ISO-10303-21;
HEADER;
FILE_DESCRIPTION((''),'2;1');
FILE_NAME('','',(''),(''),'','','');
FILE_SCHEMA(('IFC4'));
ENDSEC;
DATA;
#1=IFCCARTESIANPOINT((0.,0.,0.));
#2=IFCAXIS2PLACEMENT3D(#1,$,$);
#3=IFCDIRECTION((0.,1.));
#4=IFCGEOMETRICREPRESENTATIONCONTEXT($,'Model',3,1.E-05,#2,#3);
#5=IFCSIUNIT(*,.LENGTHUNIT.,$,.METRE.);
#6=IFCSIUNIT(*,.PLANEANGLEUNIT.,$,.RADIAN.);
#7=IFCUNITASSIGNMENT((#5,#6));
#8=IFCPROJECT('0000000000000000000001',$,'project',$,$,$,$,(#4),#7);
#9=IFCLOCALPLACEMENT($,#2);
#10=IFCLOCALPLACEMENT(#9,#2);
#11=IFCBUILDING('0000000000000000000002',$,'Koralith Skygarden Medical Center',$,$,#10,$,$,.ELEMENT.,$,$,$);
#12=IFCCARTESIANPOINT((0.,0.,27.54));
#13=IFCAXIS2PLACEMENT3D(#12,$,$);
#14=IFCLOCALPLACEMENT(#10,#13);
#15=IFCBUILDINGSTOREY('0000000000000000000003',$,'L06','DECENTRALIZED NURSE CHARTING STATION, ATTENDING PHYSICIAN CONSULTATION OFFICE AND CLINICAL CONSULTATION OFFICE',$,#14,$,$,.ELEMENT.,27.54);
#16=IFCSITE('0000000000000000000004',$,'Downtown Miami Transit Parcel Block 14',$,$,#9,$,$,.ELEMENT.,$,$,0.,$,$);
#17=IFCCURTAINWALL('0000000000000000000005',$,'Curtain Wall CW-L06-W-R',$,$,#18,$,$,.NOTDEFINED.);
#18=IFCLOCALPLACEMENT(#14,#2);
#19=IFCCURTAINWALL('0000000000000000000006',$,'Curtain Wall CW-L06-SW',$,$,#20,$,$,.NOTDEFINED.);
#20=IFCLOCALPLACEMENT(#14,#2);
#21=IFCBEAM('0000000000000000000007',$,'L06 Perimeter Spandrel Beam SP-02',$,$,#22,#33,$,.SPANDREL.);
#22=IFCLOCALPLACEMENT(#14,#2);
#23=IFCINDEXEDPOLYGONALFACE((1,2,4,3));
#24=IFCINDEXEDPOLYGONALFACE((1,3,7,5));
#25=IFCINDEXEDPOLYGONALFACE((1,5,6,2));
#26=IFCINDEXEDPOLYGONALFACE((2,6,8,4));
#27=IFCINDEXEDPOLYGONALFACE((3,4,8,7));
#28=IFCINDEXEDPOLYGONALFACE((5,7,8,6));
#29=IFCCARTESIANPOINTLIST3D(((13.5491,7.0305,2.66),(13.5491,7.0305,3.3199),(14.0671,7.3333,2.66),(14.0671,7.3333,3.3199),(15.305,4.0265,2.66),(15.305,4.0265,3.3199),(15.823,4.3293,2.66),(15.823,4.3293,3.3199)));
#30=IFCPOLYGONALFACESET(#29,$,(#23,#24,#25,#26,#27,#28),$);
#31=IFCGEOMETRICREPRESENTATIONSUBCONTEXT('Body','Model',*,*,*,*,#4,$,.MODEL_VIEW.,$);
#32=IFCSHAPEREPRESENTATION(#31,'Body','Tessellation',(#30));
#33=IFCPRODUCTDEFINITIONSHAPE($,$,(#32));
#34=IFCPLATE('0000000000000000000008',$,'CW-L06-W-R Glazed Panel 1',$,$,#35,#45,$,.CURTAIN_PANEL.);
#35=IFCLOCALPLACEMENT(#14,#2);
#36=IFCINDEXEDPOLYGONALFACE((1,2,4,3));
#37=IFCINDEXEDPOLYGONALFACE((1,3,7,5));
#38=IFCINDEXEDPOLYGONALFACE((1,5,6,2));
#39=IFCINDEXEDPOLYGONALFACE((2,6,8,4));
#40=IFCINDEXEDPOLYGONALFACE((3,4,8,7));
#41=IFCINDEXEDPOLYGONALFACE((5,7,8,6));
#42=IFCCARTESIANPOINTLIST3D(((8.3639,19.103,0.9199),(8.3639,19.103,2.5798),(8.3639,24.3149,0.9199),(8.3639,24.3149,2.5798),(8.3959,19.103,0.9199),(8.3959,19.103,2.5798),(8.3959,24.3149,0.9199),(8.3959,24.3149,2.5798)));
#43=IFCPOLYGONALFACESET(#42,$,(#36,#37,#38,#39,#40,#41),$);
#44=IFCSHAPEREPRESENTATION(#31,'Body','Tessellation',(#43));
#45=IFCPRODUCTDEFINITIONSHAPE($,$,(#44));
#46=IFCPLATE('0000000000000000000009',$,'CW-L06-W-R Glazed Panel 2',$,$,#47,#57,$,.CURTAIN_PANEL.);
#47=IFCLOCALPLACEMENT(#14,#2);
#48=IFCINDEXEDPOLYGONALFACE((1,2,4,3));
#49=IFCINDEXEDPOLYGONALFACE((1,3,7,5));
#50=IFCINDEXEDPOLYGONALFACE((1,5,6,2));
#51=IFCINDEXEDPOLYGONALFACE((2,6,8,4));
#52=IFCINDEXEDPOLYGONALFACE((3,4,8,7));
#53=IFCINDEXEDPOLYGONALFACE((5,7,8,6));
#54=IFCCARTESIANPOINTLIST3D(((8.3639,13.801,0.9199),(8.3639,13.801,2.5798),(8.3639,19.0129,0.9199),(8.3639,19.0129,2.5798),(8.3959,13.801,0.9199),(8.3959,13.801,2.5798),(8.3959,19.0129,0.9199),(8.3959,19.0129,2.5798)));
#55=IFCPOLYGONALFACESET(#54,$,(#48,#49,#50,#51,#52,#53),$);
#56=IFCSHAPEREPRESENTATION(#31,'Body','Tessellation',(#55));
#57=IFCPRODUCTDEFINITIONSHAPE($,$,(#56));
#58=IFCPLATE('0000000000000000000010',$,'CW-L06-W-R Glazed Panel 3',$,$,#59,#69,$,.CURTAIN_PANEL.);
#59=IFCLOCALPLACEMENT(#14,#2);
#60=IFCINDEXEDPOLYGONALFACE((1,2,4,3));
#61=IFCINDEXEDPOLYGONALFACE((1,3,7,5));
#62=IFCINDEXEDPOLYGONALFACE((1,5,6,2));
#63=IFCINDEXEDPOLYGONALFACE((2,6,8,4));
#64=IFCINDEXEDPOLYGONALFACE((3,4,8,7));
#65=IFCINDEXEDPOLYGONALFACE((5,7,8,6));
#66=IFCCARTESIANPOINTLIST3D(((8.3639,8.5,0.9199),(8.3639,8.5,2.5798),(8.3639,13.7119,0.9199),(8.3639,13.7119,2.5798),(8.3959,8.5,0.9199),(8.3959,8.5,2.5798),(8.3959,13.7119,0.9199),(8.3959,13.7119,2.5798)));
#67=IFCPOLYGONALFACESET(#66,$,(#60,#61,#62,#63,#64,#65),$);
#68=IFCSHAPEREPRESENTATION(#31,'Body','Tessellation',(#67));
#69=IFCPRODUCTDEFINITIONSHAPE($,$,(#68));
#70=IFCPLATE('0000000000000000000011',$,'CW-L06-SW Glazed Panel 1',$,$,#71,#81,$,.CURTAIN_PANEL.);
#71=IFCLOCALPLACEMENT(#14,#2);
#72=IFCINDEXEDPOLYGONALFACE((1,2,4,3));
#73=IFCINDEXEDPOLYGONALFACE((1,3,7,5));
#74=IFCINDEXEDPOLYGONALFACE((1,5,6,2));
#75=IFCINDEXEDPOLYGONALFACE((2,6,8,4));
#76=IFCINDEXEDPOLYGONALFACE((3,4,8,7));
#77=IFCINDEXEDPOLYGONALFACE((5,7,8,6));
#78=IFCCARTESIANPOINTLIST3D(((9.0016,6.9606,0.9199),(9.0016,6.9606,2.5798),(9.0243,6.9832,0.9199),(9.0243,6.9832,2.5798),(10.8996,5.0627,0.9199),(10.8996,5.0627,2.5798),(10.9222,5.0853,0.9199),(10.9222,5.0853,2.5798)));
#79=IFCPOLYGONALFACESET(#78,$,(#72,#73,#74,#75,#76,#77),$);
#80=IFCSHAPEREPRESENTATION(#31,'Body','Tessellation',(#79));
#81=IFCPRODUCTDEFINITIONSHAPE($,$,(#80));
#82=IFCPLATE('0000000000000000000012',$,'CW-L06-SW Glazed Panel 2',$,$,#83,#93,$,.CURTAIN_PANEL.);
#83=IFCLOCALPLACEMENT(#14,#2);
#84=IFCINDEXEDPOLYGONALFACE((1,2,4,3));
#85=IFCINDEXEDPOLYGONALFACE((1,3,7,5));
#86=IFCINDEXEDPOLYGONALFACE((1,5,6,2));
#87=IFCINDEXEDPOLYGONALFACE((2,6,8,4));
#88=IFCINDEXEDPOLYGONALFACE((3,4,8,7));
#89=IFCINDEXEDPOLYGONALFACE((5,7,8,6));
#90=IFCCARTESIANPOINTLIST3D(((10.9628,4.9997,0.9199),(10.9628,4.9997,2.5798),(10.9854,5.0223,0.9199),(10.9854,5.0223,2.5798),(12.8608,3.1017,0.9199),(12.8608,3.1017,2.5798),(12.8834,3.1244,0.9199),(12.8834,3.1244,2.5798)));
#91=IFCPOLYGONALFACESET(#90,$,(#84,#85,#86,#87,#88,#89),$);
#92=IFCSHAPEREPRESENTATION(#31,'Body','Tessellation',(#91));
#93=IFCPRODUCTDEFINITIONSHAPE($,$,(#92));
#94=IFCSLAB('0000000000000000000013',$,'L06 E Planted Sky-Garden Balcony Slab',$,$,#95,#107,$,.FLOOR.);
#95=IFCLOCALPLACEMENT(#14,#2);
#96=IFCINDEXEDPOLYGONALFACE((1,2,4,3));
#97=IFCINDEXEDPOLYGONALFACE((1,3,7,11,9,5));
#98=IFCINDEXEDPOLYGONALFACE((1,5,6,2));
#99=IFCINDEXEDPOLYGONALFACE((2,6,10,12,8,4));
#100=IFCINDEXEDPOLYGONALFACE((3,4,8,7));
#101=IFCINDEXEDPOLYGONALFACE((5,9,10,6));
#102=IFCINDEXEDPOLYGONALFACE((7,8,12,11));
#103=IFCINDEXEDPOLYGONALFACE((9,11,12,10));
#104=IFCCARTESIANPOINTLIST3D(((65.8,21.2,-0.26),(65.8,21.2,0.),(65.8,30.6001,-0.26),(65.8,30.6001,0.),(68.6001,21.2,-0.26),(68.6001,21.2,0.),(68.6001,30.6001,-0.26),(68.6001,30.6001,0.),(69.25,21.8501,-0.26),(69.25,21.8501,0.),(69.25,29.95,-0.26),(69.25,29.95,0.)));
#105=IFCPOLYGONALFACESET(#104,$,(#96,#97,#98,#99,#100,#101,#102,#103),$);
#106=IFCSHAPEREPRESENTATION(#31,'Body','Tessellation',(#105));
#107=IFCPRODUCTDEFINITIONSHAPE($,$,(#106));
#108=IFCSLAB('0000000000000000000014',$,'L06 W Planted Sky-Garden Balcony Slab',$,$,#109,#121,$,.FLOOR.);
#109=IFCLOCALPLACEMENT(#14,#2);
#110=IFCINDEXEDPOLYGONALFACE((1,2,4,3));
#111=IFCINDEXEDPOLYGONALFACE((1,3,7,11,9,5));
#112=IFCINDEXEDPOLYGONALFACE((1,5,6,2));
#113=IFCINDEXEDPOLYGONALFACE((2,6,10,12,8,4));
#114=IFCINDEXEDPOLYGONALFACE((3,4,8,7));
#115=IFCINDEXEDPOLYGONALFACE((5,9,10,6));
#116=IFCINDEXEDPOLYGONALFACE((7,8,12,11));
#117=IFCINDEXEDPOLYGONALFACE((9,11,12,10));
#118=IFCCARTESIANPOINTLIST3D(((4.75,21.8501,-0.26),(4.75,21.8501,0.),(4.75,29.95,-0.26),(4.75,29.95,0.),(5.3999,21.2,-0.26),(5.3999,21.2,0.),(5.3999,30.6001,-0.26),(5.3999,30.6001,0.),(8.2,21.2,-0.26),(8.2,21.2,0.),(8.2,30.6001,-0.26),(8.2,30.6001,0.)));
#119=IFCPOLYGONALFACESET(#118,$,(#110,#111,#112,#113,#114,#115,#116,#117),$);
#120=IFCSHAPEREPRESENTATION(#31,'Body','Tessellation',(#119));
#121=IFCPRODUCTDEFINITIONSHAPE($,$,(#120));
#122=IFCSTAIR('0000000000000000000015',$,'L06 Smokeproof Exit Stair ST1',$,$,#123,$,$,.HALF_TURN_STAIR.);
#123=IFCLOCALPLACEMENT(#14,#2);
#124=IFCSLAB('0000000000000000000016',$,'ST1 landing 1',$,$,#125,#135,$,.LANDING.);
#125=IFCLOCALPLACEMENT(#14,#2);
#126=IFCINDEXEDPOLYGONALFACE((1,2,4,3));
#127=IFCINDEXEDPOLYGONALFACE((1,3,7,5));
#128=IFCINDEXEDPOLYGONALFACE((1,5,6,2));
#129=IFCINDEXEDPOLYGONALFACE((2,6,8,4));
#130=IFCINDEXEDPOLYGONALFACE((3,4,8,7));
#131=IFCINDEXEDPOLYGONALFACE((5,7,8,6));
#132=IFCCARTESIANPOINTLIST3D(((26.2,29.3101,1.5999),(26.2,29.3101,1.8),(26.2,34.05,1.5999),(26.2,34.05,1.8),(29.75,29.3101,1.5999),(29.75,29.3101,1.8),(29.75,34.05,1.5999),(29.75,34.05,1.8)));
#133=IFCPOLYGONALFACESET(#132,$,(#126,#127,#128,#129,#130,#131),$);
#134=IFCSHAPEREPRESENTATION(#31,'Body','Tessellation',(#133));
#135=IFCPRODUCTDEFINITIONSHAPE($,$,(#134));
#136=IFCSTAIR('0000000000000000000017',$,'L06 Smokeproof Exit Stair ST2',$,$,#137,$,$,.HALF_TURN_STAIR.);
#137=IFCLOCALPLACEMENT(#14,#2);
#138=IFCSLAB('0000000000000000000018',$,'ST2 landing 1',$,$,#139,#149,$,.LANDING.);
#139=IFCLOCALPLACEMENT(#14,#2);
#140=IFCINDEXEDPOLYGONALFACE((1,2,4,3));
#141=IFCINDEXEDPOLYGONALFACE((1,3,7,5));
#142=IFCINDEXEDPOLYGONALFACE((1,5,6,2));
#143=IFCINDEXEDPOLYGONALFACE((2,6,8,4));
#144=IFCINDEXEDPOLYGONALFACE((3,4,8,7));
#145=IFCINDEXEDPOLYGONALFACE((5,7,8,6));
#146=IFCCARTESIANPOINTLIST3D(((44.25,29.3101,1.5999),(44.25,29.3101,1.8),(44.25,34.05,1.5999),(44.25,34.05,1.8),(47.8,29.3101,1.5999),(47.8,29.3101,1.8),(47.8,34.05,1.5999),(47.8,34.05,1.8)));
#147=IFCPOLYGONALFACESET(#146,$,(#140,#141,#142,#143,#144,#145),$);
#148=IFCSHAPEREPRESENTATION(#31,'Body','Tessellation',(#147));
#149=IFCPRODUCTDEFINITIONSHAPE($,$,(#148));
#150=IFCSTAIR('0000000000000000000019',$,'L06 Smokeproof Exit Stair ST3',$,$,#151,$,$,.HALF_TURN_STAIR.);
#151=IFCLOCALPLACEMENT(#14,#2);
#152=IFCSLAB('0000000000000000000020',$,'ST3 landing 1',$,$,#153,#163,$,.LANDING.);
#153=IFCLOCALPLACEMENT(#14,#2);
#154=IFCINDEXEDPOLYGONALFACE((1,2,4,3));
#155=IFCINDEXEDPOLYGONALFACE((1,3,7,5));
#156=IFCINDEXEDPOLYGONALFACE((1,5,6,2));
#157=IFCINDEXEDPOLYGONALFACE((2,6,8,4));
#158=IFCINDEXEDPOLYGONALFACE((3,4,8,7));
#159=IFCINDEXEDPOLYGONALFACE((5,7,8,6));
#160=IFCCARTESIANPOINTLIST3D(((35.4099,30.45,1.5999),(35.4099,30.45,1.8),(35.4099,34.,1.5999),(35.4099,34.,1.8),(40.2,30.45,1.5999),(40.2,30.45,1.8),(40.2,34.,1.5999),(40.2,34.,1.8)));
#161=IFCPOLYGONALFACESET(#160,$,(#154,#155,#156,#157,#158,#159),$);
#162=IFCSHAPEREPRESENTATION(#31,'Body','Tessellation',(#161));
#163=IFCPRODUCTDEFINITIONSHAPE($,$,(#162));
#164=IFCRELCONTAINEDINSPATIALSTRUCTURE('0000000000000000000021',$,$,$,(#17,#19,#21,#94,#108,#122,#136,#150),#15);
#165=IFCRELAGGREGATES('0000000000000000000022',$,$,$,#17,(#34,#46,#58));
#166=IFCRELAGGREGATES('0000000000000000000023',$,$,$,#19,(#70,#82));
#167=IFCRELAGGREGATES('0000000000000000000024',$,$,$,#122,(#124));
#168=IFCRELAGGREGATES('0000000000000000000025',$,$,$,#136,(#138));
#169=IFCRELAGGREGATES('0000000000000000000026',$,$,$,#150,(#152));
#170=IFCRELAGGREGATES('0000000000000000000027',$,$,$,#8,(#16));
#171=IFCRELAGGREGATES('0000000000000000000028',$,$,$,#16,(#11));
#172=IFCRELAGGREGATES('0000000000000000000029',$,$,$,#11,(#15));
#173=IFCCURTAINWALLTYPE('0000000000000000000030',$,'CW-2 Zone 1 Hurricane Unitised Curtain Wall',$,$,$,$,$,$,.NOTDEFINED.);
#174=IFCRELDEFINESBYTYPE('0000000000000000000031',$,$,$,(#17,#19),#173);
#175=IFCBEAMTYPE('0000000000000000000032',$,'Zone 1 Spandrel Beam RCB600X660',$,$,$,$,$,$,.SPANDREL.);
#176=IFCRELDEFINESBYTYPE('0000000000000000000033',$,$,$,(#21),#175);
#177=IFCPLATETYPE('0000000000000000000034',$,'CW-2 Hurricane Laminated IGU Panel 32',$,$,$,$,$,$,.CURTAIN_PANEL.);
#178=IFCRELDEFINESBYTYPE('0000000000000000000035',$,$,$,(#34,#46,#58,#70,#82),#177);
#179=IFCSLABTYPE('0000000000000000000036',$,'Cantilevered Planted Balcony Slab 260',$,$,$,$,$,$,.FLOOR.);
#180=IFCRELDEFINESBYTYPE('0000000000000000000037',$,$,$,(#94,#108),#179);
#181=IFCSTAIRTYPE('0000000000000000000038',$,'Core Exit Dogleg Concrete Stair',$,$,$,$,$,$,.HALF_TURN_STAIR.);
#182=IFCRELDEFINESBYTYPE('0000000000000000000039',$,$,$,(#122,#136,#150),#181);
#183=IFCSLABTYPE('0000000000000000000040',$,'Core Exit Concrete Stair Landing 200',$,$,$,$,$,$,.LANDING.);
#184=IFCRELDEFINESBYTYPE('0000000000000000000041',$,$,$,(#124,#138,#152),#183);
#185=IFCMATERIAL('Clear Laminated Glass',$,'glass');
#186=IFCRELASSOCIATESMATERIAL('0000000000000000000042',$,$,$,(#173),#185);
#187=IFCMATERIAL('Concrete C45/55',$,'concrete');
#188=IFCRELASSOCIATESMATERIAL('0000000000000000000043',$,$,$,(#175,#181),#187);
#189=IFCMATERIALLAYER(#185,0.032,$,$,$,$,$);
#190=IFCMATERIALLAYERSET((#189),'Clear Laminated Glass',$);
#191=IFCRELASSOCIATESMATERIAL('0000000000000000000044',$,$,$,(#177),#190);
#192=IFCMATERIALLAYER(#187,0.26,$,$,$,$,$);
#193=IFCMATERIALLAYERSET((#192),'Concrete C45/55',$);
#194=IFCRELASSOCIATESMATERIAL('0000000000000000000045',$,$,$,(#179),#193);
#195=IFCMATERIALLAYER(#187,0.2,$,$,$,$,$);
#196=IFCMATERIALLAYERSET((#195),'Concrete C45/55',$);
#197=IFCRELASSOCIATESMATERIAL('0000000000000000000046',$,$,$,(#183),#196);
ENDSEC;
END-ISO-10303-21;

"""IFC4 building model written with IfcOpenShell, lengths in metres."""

from ifc_helpers import new_model, si_unit, direction, frame, origin, origin_2d, place, context, subcontext, project, spatial, polyline, rectangle, outline, extrude, material, layer, layer_set, material_profile, profile_set, type_object, element, aggregate, save


model = new_model("IFC4")

# Units and contexts
model_context = context("Model", 3, precision=1e-05, world=origin(), true_north=direction((0.0, 1.0)))
body_context = subcontext(model_context, "Body", "Model", "MODEL_VIEW")
ifc_project = project(units=[si_unit("LENGTHUNIT", "METRE"), si_unit("PLANEANGLEUNIT", "RADIAN")], contexts=[model_context])

# Site, building, storey
site_placement = place(None, origin())
site = spatial("IfcSite", under=ifc_project, at=site_placement, Name="Downtown Miami Transit Parcel Block 14", CompositionType="ELEMENT", RefElevation=0.0)
building_placement = place(site_placement, origin())
building = spatial("IfcBuilding", under=site, at=building_placement, Name="Koralith Skygarden Medical Center", CompositionType="ELEMENT")
storey_placement = place(building_placement, frame((0.0, 0.0, 27.54)))
storey = spatial("IfcBuildingStorey", under=building, at=storey_placement, Name="L06", Description="DECENTRALIZED NURSE CHARTING STATION, ATTENDING PHYSICIAN CONSULTATION OFFICE AND CLINICAL CONSULTATION OFFICE", CompositionType="ELEMENT", Elevation=27.54)

# Curtain walls
ifc_material_1 = material(Name="Clear Laminated Glass", Category="glass")
curtain_wall_type = type_object("IfcCurtainWallType", Name="CW-2 Zone 1 Hurricane Unitised Curtain Wall", PredefinedType="NOTDEFINED", material=ifc_material_1)
curtain_wall_1_placement = place(storey_placement, origin())
curtain_wall_1 = element("IfcCurtainWall", 1, at=curtain_wall_1_placement, inside=storey, type_object=curtain_wall_type, Name="Curtain Wall CW-L06-W-R", PredefinedType="NOTDEFINED")
curtain_wall_2_placement = place(storey_placement, origin())
curtain_wall_2 = element("IfcCurtainWall", 2, at=curtain_wall_2_placement, inside=storey, type_object=curtain_wall_type, Name="Curtain Wall CW-L06-SW", PredefinedType="NOTDEFINED")

# Beam
ifc_material_2 = material(Name="Concrete C45/55", Category="concrete")
ifc_material_profile_1 = material_profile(ifc_material_2, rectangle(XDim=0.6001, YDim=0.6599, at=origin_2d()), Name="RCB600X660")
ifc_profile_set_1 = profile_set([ifc_material_profile_1], Name="Concrete C45/55")
beam_type = type_object("IfcBeamType", Name="Zone 1 Spandrel Beam RCB600X660", PredefinedType="SPANDREL", material=ifc_profile_set_1)
beam_1_placement = place(storey_placement, frame((13.8081, 7.1819, 2.99), z_axis=(0.504639, -0.863331, 0.0), x_axis=(0.863331, 0.504639, 0.0)))
element("IfcBeam", 3, at=beam_1_placement, inside=storey, type_object=beam_type, Name="L06 Perimeter Spandrel Beam SP-02", PredefinedType="SPANDREL", context=body_context, shape_type="SweptSolid", body=[
    extrude(rectangle(XDim=0.6001, YDim=0.6599, at=origin_2d()), origin(), (0.0, 0.0, 1.0), 3.4795),
])

# Plates
ifc_layer_1 = layer(ifc_material_1, 0.032)
ifc_layer_set_1 = layer_set([ifc_layer_1], Name="Clear Laminated Glass")
plate_type_1 = type_object("IfcPlateType", Name="CW-2 Hurricane Laminated IGU Panel 32", PredefinedType="CURTAIN_PANEL", material=ifc_layer_set_1)
plate_1_placement = place(storey_placement, frame((8.3799, 21.709, 0.9199), z_axis=(0.0, 0.0, 1.0), x_axis=(0.0, -1.0, 0.0)))
plate_1 = element("IfcPlate", 4, at=plate_1_placement, type_object=plate_type_1, Name="CW-L06-W-R Glazed Panel 1", PredefinedType="CURTAIN_PANEL", context=body_context, shape_type="SweptSolid", body=[
    extrude(rectangle(XDim=5.2119, YDim=0.032, at=origin_2d()), origin(), (0.0, 0.0, 1.0), 1.6599),
])
plate_2_placement = place(storey_placement, frame((8.3799, 16.407, 0.9199), z_axis=(0.0, 0.0, 1.0), x_axis=(0.0, -1.0, 0.0)))
plate_2 = element("IfcPlate", 5, at=plate_2_placement, type_object=plate_type_1, Name="CW-L06-W-R Glazed Panel 2", PredefinedType="CURTAIN_PANEL", context=body_context, shape_type="SweptSolid", body=[
    extrude(rectangle(XDim=5.2119, YDim=0.032, at=origin_2d()), origin(), (0.0, 0.0, 1.0), 1.6599),
])
plate_3_placement = place(storey_placement, frame((8.3799, 11.106, 0.9199), z_axis=(0.0, 0.0, 1.0), x_axis=(0.0, -1.0, 0.0)))
plate_3 = element("IfcPlate", 6, at=plate_3_placement, type_object=plate_type_1, Name="CW-L06-W-R Glazed Panel 3", PredefinedType="CURTAIN_PANEL", context=body_context, shape_type="SweptSolid", body=[
    extrude(rectangle(XDim=5.2119, YDim=0.032, at=origin_2d()), origin(), (0.0, 0.0, 1.0), 1.6599),
])
aggregate(curtain_wall_1, [plate_1, plate_2, plate_3])
plate_4_placement = place(storey_placement, frame((9.9619, 6.0229, 0.9199), z_axis=(0.0, 0.0, 1.0), x_axis=(0.707107, -0.707107, 0.0)))
plate_4 = element("IfcPlate", 7, at=plate_4_placement, type_object=plate_type_1, Name="CW-L06-SW Glazed Panel 1", PredefinedType="CURTAIN_PANEL", context=body_context, shape_type="SweptSolid", body=[
    extrude(rectangle(XDim=2.6841, YDim=0.032, at=origin_2d()), origin(), (0.0, 0.0, 1.0), 1.6599),
])
plate_5_placement = place(storey_placement, frame((11.9231, 4.062, 0.9199), z_axis=(0.0, 0.0, 1.0), x_axis=(0.707107, -0.707107, 0.0)))
plate_5 = element("IfcPlate", 8, at=plate_5_placement, type_object=plate_type_1, Name="CW-L06-SW Glazed Panel 2", PredefinedType="CURTAIN_PANEL", context=body_context, shape_type="SweptSolid", body=[
    extrude(rectangle(XDim=2.6841, YDim=0.032, at=origin_2d()), origin(), (0.0, 0.0, 1.0), 1.6599),
])
aggregate(curtain_wall_2, [plate_4, plate_5])

# Slabs
ifc_layer_2 = layer(ifc_material_2, 0.26)
ifc_layer_set_2 = layer_set([ifc_layer_2], Name="Concrete C45/55")
slab_type_1 = type_object("IfcSlabType", Name="Cantilevered Planted Balcony Slab 260", PredefinedType="FLOOR", material=ifc_layer_set_2)
slab_1_placement = place(storey_placement, frame((0.0, 0.0, -0.26)))
element("IfcSlab", 9, at=slab_1_placement, inside=storey, type_object=slab_type_1, Name="L06 E Planted Sky-Garden Balcony Slab", PredefinedType="FLOOR", context=body_context, shape_type="SweptSolid", body=[
    extrude(outline(polyline([(65.8, 21.2), (68.6001, 21.2), (69.25, 21.8501), (69.25, 29.95), (68.6001, 30.6001), (65.8, 30.6001), (65.8, 21.2)])), origin(), (0.0, 0.0, 1.0), 0.26),
])
slab_2_placement = place(storey_placement, frame((0.0, 0.0, -0.26)))
element("IfcSlab", 10, at=slab_2_placement, inside=storey, type_object=slab_type_1, Name="L06 W Planted Sky-Garden Balcony Slab", PredefinedType="FLOOR", context=body_context, shape_type="SweptSolid", body=[
    extrude(outline(polyline([(5.3999, 21.2), (8.2, 21.2), (8.2, 30.6001), (5.3999, 30.6001), (4.75, 29.95), (4.75, 21.8501), (5.3999, 21.2)])), origin(), (0.0, 0.0, 1.0), 0.26),
])

# Stairs, slabs
stair_type = type_object("IfcStairType", Name="Core Exit Dogleg Concrete Stair", PredefinedType="HALF_TURN_STAIR", material=ifc_material_2)
stair_1_placement = place(storey_placement, origin())
stair_1 = element("IfcStair", 11, at=stair_1_placement, inside=storey, type_object=stair_type, Name="L06 Smokeproof Exit Stair ST1", PredefinedType="HALF_TURN_STAIR")
ifc_layer_3 = layer(ifc_material_2, 0.2)
ifc_layer_set_3 = layer_set([ifc_layer_3], Name="Concrete C45/55")
slab_type_2 = type_object("IfcSlabType", Name="Core Exit Concrete Stair Landing 200", PredefinedType="LANDING", material=ifc_layer_set_3)
slab_3_placement = place(storey_placement, frame((0.0, 0.0, 1.5999)))
slab_3 = element("IfcSlab", 12, at=slab_3_placement, type_object=slab_type_2, Name="ST1 landing 1", PredefinedType="LANDING", context=body_context, shape_type="SweptSolid", body=[
    extrude(outline(polyline([(29.75, 29.3101), (29.75, 34.05), (26.2, 34.05), (26.2, 29.3101), (29.75, 29.3101)])), origin(), (0.0, 0.0, 1.0), 0.2002),
])
aggregate(stair_1, [slab_3])
stair_2_placement = place(storey_placement, origin())
stair_2 = element("IfcStair", 13, at=stair_2_placement, inside=storey, type_object=stair_type, Name="L06 Smokeproof Exit Stair ST2", PredefinedType="HALF_TURN_STAIR")
slab_4_placement = place(storey_placement, frame((0.0, 0.0, 1.5999)))
slab_4 = element("IfcSlab", 14, at=slab_4_placement, type_object=slab_type_2, Name="ST2 landing 1", PredefinedType="LANDING", context=body_context, shape_type="SweptSolid", body=[
    extrude(outline(polyline([(47.8, 29.3101), (47.8, 34.05), (44.25, 34.05), (44.25, 29.3101), (47.8, 29.3101)])), origin(), (0.0, 0.0, 1.0), 0.2002),
])
aggregate(stair_2, [slab_4])
stair_3_placement = place(storey_placement, origin())
stair_3 = element("IfcStair", 15, at=stair_3_placement, inside=storey, type_object=stair_type, Name="L06 Smokeproof Exit Stair ST3", PredefinedType="HALF_TURN_STAIR")
slab_5_placement = place(storey_placement, frame((0.0, 0.0, 1.5999)))
slab_5 = element("IfcSlab", 16, at=slab_5_placement, type_object=slab_type_2, Name="ST3 landing 1", PredefinedType="LANDING", context=body_context, shape_type="SweptSolid", body=[
    extrude(outline(polyline([(35.4099, 30.45), (40.2, 30.45), (40.2, 34.0), (35.4099, 34.0), (35.4099, 30.45)])), origin(), (0.0, 0.0, 1.0), 0.2002),
])
aggregate(stair_3, [slab_5])

save(model, "model.ifc")
